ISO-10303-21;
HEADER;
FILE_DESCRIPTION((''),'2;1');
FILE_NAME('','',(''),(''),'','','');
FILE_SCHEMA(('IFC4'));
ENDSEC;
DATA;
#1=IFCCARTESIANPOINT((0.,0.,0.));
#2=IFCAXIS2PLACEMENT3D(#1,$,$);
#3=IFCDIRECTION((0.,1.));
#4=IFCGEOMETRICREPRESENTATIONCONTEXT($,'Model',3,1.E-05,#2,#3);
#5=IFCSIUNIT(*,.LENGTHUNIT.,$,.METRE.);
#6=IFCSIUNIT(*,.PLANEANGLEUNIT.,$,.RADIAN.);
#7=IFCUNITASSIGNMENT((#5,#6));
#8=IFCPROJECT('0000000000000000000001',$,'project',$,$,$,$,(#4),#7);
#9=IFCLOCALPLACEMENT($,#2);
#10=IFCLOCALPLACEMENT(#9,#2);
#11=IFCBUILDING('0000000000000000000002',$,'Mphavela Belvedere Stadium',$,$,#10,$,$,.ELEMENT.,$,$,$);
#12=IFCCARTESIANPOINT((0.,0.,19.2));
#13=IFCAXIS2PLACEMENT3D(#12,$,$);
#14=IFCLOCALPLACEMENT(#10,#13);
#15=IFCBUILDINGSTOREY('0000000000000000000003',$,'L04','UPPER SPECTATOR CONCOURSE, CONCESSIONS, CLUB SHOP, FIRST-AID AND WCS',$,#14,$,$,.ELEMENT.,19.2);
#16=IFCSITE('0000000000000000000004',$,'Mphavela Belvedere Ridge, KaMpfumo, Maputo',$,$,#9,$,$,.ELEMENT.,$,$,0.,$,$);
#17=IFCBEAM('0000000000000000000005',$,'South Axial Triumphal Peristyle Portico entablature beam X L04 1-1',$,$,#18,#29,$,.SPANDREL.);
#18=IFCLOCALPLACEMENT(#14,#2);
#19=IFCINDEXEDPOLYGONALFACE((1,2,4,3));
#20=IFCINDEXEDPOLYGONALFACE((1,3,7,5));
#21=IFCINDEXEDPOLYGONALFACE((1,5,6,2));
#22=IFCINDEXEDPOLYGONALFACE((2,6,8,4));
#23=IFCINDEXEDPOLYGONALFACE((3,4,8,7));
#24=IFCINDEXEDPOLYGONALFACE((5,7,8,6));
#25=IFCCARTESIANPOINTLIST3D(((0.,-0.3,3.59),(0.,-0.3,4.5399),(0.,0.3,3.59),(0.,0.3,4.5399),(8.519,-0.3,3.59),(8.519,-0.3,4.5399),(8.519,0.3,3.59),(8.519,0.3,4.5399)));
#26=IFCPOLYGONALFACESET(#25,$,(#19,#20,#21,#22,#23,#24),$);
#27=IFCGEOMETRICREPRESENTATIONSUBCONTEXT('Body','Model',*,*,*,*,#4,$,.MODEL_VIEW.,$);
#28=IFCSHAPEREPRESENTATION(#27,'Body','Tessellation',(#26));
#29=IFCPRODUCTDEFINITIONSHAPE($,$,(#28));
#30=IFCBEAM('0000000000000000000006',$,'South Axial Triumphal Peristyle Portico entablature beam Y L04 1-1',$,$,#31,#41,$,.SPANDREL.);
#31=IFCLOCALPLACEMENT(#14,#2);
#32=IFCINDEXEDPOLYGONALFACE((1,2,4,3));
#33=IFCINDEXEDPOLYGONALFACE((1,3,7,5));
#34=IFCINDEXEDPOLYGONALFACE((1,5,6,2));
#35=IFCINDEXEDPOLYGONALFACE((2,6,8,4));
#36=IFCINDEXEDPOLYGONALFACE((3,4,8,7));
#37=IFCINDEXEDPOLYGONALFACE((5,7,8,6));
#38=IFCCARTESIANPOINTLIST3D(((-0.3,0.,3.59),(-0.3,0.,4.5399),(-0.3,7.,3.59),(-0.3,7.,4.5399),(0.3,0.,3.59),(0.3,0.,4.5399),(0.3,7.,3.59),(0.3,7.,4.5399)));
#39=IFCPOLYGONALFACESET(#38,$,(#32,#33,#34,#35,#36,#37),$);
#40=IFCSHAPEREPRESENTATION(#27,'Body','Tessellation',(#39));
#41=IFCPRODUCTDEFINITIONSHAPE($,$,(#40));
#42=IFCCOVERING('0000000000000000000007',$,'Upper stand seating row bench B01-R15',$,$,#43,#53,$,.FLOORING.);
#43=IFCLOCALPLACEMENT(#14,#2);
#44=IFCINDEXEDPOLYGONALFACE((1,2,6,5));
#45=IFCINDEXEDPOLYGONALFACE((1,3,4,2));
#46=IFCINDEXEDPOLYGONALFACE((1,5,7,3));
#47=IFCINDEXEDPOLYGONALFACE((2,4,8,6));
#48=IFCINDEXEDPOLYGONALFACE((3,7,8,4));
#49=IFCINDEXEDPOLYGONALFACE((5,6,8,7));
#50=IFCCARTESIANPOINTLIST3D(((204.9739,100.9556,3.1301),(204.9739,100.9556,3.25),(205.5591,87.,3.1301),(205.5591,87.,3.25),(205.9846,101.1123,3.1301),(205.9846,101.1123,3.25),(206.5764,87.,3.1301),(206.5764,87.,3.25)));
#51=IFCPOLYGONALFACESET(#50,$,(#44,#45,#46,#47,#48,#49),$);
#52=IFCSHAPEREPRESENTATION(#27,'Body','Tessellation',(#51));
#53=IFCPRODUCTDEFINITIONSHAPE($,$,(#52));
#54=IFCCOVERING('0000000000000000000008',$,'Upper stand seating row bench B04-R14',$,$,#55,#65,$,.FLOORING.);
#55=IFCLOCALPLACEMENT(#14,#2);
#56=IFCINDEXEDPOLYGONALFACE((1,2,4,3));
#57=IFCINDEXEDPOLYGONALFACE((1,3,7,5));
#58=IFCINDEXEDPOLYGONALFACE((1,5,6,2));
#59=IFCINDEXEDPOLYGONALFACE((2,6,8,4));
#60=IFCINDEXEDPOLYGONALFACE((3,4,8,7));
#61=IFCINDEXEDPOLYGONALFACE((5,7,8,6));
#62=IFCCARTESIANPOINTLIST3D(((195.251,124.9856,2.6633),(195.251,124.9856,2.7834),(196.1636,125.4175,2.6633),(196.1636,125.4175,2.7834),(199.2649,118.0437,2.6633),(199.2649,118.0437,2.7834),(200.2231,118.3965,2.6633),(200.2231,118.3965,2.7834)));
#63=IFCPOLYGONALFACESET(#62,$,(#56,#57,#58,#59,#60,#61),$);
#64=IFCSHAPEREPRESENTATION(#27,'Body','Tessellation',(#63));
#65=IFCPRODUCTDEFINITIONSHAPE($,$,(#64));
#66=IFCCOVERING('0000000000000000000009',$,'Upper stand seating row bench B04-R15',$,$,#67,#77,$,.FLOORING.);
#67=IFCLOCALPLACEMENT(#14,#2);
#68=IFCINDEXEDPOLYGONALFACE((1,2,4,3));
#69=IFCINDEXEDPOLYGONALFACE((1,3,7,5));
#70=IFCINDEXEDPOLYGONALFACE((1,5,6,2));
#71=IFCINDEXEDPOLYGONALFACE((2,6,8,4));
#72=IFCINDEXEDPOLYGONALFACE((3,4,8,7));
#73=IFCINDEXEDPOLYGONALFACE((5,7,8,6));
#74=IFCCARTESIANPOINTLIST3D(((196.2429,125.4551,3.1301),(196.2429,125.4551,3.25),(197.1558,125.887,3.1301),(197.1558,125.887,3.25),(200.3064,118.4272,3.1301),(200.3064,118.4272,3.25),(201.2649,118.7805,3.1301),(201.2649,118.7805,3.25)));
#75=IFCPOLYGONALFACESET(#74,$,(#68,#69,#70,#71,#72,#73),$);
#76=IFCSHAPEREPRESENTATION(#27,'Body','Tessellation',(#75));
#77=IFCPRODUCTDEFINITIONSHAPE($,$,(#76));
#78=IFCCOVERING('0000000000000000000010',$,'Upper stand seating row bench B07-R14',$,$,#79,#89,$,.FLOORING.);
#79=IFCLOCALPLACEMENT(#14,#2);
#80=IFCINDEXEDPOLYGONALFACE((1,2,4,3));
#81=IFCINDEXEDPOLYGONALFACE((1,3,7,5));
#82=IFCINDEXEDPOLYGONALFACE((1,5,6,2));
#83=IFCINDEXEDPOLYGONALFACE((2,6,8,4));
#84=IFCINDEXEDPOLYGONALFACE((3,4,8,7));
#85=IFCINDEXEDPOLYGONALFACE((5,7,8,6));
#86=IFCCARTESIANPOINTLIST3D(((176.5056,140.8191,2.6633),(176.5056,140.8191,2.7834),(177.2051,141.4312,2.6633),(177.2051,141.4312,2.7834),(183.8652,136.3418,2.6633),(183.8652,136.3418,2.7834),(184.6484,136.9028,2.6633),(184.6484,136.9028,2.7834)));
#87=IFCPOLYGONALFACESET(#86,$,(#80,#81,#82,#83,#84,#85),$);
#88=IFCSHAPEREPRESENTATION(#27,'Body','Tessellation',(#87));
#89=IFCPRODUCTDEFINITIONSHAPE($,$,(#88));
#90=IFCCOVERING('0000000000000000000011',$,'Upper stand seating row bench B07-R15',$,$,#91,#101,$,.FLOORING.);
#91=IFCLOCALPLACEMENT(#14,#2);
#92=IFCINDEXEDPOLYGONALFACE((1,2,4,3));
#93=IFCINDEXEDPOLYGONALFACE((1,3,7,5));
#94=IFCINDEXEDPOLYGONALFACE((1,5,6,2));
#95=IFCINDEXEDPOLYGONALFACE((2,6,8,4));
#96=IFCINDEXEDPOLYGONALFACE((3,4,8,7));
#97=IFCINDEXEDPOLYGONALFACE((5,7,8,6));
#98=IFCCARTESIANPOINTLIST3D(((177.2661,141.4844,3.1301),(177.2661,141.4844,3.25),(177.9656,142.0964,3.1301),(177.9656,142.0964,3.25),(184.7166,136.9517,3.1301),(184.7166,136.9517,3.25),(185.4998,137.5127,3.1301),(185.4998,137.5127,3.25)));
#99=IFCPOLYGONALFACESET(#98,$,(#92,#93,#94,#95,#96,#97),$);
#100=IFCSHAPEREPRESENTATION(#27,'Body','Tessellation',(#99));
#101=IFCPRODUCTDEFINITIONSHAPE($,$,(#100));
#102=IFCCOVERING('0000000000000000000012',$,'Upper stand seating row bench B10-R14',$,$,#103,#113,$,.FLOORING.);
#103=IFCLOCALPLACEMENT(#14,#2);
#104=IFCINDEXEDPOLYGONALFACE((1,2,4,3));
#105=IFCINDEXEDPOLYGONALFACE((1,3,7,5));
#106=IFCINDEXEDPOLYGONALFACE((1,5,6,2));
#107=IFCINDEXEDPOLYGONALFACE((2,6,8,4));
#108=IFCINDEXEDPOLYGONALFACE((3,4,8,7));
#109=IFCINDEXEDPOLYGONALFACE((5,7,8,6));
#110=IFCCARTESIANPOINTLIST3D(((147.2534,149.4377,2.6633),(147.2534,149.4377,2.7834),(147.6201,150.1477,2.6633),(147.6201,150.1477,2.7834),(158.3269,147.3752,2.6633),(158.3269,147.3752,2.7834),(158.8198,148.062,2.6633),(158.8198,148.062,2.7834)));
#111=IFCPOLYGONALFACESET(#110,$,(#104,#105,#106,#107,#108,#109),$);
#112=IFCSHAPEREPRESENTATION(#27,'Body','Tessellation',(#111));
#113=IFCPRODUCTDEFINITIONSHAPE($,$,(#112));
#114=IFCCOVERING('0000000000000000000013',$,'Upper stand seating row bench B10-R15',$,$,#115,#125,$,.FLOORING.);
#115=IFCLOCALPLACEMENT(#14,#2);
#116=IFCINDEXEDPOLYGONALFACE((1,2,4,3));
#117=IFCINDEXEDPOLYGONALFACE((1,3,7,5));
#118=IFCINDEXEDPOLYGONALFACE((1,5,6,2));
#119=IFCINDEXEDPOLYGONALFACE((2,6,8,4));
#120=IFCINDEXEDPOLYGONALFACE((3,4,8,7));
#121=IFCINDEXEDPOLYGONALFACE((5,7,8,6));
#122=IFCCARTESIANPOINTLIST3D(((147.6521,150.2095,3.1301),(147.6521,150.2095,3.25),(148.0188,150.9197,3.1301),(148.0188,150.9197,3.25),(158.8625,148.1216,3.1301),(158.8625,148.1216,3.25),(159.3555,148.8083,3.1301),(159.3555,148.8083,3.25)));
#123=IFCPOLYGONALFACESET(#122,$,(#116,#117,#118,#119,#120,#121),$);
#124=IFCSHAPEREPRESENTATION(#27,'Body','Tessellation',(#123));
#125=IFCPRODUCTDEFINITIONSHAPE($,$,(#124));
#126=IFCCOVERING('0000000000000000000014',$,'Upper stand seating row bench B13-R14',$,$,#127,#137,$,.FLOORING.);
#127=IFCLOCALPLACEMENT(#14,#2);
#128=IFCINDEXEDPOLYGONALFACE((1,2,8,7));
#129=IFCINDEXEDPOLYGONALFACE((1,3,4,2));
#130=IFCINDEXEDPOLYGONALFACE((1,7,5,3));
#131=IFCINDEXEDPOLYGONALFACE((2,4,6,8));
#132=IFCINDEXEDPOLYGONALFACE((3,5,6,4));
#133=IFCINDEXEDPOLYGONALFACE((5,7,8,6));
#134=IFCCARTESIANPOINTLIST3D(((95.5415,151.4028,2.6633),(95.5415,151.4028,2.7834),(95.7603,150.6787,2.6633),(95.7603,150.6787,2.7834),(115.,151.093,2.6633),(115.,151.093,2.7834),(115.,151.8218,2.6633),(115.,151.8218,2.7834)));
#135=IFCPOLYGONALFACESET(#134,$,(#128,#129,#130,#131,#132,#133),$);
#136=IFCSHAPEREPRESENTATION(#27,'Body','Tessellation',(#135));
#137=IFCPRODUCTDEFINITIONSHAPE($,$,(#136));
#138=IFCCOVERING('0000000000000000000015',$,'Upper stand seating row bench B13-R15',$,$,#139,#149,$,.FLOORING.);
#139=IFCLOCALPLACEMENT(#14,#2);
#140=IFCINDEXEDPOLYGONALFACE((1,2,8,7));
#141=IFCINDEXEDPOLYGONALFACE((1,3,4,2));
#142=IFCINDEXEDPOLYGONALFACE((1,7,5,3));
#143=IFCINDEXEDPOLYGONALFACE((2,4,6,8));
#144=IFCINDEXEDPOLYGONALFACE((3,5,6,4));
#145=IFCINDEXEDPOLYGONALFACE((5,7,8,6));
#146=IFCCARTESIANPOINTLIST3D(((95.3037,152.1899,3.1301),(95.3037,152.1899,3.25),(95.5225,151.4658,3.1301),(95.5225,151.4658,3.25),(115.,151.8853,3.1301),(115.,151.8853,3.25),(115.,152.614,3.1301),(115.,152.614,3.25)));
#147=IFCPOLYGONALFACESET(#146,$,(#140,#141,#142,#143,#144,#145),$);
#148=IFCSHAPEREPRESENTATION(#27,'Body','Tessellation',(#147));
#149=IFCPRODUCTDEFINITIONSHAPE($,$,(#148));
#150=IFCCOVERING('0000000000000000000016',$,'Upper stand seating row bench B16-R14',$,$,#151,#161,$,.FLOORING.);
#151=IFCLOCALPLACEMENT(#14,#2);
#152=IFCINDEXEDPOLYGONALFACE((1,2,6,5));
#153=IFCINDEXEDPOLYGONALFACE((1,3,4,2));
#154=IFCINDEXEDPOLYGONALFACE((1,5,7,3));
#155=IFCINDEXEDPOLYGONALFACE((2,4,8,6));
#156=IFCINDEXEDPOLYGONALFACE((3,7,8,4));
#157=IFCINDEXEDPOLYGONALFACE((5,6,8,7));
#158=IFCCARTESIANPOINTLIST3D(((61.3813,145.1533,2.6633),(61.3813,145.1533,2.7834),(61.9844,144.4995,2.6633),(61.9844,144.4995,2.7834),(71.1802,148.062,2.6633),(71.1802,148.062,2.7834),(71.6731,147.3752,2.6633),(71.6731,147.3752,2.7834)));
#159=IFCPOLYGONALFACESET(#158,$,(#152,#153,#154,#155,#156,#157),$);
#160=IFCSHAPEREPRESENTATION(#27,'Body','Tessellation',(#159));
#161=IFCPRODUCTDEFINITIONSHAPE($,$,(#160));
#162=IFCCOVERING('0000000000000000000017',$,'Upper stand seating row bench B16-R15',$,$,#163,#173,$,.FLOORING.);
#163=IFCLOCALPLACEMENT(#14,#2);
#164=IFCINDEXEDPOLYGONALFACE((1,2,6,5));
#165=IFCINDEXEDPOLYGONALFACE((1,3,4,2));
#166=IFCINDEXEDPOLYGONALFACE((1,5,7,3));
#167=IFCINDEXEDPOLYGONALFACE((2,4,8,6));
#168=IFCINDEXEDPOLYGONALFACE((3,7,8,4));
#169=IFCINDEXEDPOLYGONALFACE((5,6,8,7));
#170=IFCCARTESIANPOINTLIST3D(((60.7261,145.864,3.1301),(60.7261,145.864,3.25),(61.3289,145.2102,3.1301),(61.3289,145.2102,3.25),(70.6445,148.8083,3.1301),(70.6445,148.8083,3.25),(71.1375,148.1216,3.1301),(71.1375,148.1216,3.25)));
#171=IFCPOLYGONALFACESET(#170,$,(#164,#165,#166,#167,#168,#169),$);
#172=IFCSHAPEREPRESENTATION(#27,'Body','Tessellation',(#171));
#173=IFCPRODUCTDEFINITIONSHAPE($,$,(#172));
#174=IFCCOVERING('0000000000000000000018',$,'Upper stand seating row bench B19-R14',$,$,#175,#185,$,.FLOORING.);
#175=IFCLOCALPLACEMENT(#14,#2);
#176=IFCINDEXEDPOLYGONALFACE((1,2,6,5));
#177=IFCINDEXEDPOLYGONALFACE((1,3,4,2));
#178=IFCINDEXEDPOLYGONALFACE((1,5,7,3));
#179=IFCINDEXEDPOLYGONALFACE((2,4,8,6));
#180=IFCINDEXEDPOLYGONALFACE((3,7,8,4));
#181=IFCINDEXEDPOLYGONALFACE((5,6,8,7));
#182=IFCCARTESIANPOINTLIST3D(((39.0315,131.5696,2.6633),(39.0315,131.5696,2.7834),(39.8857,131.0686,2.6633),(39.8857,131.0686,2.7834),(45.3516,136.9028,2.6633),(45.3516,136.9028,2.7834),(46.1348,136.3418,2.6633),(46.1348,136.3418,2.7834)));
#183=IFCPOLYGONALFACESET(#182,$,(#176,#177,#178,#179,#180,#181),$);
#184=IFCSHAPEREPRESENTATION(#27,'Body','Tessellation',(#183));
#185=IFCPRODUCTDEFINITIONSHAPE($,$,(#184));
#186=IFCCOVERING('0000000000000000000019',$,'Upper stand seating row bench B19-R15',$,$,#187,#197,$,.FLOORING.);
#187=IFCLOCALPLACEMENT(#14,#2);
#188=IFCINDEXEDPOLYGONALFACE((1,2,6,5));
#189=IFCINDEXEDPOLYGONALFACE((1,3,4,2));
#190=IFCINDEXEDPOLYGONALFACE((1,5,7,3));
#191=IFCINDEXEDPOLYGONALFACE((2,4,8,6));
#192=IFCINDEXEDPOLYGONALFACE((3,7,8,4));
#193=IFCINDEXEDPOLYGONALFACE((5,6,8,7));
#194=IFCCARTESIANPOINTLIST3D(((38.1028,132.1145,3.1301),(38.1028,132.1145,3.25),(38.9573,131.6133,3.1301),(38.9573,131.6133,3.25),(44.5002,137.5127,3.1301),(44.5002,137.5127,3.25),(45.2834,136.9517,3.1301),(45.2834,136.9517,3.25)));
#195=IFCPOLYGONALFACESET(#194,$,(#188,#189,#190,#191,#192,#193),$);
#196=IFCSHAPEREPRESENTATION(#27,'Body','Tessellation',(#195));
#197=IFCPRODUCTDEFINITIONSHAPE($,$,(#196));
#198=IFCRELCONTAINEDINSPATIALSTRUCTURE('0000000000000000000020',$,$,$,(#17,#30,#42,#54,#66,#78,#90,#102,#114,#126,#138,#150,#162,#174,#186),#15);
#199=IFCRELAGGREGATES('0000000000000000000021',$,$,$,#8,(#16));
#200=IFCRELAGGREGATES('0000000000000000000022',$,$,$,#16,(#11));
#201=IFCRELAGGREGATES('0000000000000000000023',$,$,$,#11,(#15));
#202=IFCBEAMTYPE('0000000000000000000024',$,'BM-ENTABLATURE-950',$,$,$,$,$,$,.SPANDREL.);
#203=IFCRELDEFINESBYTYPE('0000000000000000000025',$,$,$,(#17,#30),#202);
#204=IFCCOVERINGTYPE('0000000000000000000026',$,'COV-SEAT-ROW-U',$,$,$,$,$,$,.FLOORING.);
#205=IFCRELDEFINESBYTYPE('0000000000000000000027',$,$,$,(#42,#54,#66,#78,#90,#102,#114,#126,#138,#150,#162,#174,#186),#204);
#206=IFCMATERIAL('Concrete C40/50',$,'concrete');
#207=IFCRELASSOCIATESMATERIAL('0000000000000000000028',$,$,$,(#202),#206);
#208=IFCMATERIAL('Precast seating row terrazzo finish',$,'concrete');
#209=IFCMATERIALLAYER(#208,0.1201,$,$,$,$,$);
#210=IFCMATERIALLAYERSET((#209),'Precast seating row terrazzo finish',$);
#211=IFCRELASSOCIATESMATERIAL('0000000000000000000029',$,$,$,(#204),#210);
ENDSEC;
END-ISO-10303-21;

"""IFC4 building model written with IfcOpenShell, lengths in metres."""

from ifc_helpers import new_model, si_unit, direction, frame, origin, origin_2d, place, context, subcontext, project, spatial, polyline, rectangle, outline, extrude, material, layer, layer_set, material_profile, profile_set, type_object, element, save


model = new_model("IFC4")

# Units and contexts
model_context = context("Model", 3, precision=1e-05, world=origin(), true_north=direction((0.0, 1.0)))
body_context = subcontext(model_context, "Body", "Model", "MODEL_VIEW")
ifc_project = project(units=[si_unit("LENGTHUNIT", "METRE"), si_unit("PLANEANGLEUNIT", "RADIAN")], contexts=[model_context])

# Site, building, storey
site_placement = place(None, origin())
site = spatial("IfcSite", under=ifc_project, at=site_placement, Name="Mphavela Belvedere Ridge, KaMpfumo, Maputo", CompositionType="ELEMENT", RefElevation=0.0)
building_placement = place(site_placement, origin())
building = spatial("IfcBuilding", under=site, at=building_placement, Name="Mphavela Belvedere Stadium", CompositionType="ELEMENT")
storey_placement = place(building_placement, frame((0.0, 0.0, 19.2)))
storey = spatial("IfcBuildingStorey", under=building, at=storey_placement, Name="L04", Description="UPPER SPECTATOR CONCOURSE, CONCESSIONS, CLUB SHOP, FIRST-AID AND WCS", CompositionType="ELEMENT", Elevation=19.2)

# Beams
ifc_material_1 = material(Name="Concrete C40/50", Category="concrete")
ifc_material_profile = material_profile(ifc_material_1, rectangle(XDim=0.6001, YDim=0.95, at=origin_2d()), Name="RC 600x950")
ifc_profile_set = profile_set([ifc_material_profile], Name="Concrete C40/50")
beam_type = type_object("IfcBeamType", Name="BM-ENTABLATURE-950", PredefinedType="SPANDREL", material=ifc_profile_set)
beam_1_placement = place(storey_placement, frame((0.0, 0.0, 4.0649), z_axis=(1.0, 0.0, 0.0), x_axis=(0.0, 1.0, 0.0)))
element("IfcBeam", 1, at=beam_1_placement, inside=storey, type_object=beam_type, Name="South Axial Triumphal Peristyle Portico entablature beam X L04 1-1", PredefinedType="SPANDREL", context=body_context, shape_type="SweptSolid", body=[
    extrude(rectangle(XDim=0.6001, YDim=0.95, at=origin_2d()), origin(), (0.0, 0.0, 1.0), 8.519),
])
beam_2_placement = place(storey_placement, frame((0.0, 0.0, 4.0649), z_axis=(0.0, 1.0, 0.0), x_axis=(-1.0, 0.0, 0.0)))
element("IfcBeam", 2, at=beam_2_placement, inside=storey, type_object=beam_type, Name="South Axial Triumphal Peristyle Portico entablature beam Y L04 1-1", PredefinedType="SPANDREL", context=body_context, shape_type="SweptSolid", body=[
    extrude(rectangle(XDim=0.6001, YDim=0.95, at=origin_2d()), origin(), (0.0, 0.0, 1.0), 7.0),
])

# Coverings
ifc_material_2 = material(Name="Precast seating row terrazzo finish", Category="concrete")
ifc_layer = layer(ifc_material_2, 0.1201)
ifc_layer_set = layer_set([ifc_layer], Name="Precast seating row terrazzo finish")
covering_type = type_object("IfcCoveringType", Name="COV-SEAT-ROW-U", PredefinedType="FLOORING", material=ifc_layer_set)
covering_1_placement = place(storey_placement, frame((0.0, 0.0, 3.1301)))
element("IfcCovering", 3, at=covering_1_placement, inside=storey, type_object=covering_type, Name="Upper stand seating row bench B01-R15", PredefinedType="FLOORING", context=body_context, shape_type="SweptSolid", body=[
    extrude(outline(polyline([(205.5591, 87.0), (204.9739, 100.9556), (205.9846, 101.1123), (206.5764, 87.0), (205.5591, 87.0)])), origin(), (0.0, 0.0, 1.0), 0.1199),
])
covering_2_placement = place(storey_placement, frame((0.0, 0.0, 2.6633)))
element("IfcCovering", 4, at=covering_2_placement, inside=storey, type_object=covering_type, Name="Upper stand seating row bench B04-R14", PredefinedType="FLOORING", context=body_context, shape_type="SweptSolid", body=[
    extrude(outline(polyline([(199.2649, 118.0437), (195.251, 124.9856), (196.1636, 125.4175), (200.2231, 118.3965), (199.2649, 118.0437)])), origin(), (0.0, 0.0, 1.0), 0.1201),
])
covering_3_placement = place(storey_placement, frame((0.0, 0.0, 3.1301)))
element("IfcCovering", 5, at=covering_3_placement, inside=storey, type_object=covering_type, Name="Upper stand seating row bench B04-R15", PredefinedType="FLOORING", context=body_context, shape_type="SweptSolid", body=[
    extrude(outline(polyline([(200.3064, 118.4272), (196.2429, 125.4551), (197.1558, 125.887), (201.2649, 118.7805), (200.3064, 118.4272)])), origin(), (0.0, 0.0, 1.0), 0.1199),
])
covering_4_placement = place(storey_placement, frame((0.0, 0.0, 2.6633)))
element("IfcCovering", 6, at=covering_4_placement, inside=storey, type_object=covering_type, Name="Upper stand seating row bench B07-R14", PredefinedType="FLOORING", context=body_context, shape_type="SweptSolid", body=[
    extrude(outline(polyline([(183.8652, 136.3418), (176.5056, 140.8191), (177.2051, 141.4312), (184.6484, 136.9028), (183.8652, 136.3418)])), origin(), (0.0, 0.0, 1.0), 0.1201),
])
covering_5_placement = place(storey_placement, frame((0.0, 0.0, 3.1301)))
element("IfcCovering", 7, at=covering_5_placement, inside=storey, type_object=covering_type, Name="Upper stand seating row bench B07-R15", PredefinedType="FLOORING", context=body_context, shape_type="SweptSolid", body=[
    extrude(outline(polyline([(184.7166, 136.9517), (177.2661, 141.4844), (177.9656, 142.0964), (185.4998, 137.5127), (184.7166, 136.9517)])), origin(), (0.0, 0.0, 1.0), 0.1199),
])
covering_6_placement = place(storey_placement, frame((0.0, 0.0, 2.6633)))
element("IfcCovering", 8, at=covering_6_placement, inside=storey, type_object=covering_type, Name="Upper stand seating row bench B10-R14", PredefinedType="FLOORING", context=body_context, shape_type="SweptSolid", body=[
    extrude(outline(polyline([(158.3269, 147.3752), (147.2534, 149.4377), (147.6201, 150.1477), (158.8198, 148.062), (158.3269, 147.3752)])), origin(), (0.0, 0.0, 1.0), 0.1201),
])
covering_7_placement = place(storey_placement, frame((0.0, 0.0, 3.1301)))
element("IfcCovering", 9, at=covering_7_placement, inside=storey, type_object=covering_type, Name="Upper stand seating row bench B10-R15", PredefinedType="FLOORING", context=body_context, shape_type="SweptSolid", body=[
    extrude(outline(polyline([(158.8625, 148.1216), (147.6521, 150.2095), (148.0188, 150.9197), (159.3555, 148.8083), (158.8625, 148.1216)])), origin(), (0.0, 0.0, 1.0), 0.1199),
])
covering_8_placement = place(storey_placement, frame((0.0, 0.0, 2.6633)))
element("IfcCovering", 10, at=covering_8_placement, inside=storey, type_object=covering_type, Name="Upper stand seating row bench B13-R14", PredefinedType="FLOORING", context=body_context, shape_type="SweptSolid", body=[
    extrude(outline(polyline([(115.0, 151.093), (95.7603, 150.6787), (95.5415, 151.4028), (115.0, 151.8218), (115.0, 151.093)])), origin(), (0.0, 0.0, 1.0), 0.1201),
])
covering_9_placement = place(storey_placement, frame((0.0, 0.0, 3.1301)))
element("IfcCovering", 11, at=covering_9_placement, inside=storey, type_object=covering_type, Name="Upper stand seating row bench B13-R15", PredefinedType="FLOORING", context=body_context, shape_type="SweptSolid", body=[
    extrude(outline(polyline([(115.0, 151.8853), (95.5225, 151.4658), (95.3037, 152.1899), (115.0, 152.614), (115.0, 151.8853)])), origin(), (0.0, 0.0, 1.0), 0.1199),
])
covering_10_placement = place(storey_placement, frame((0.0, 0.0, 2.6633)))
element("IfcCovering", 12, at=covering_10_placement, inside=storey, type_object=covering_type, Name="Upper stand seating row bench B16-R14", PredefinedType="FLOORING", context=body_context, shape_type="SweptSolid", body=[
    extrude(outline(polyline([(71.6731, 147.3752), (61.9844, 144.4995), (61.3813, 145.1533), (71.1802, 148.062), (71.6731, 147.3752)])), origin(), (0.0, 0.0, 1.0), 0.1201),
])
covering_11_placement = place(storey_placement, frame((0.0, 0.0, 3.1301)))
element("IfcCovering", 13, at=covering_11_placement, inside=storey, type_object=covering_type, Name="Upper stand seating row bench B16-R15", PredefinedType="FLOORING", context=body_context, shape_type="SweptSolid", body=[
    extrude(outline(polyline([(71.1375, 148.1216), (61.3289, 145.2102), (60.7261, 145.864), (70.6445, 148.8083), (71.1375, 148.1216)])), origin(), (0.0, 0.0, 1.0), 0.1199),
])
covering_12_placement = place(storey_placement, frame((0.0, 0.0, 2.6633)))
element("IfcCovering", 14, at=covering_12_placement, inside=storey, type_object=covering_type, Name="Upper stand seating row bench B19-R14", PredefinedType="FLOORING", context=body_context, shape_type="SweptSolid", body=[
    extrude(outline(polyline([(46.1348, 136.3418), (39.8857, 131.0686), (39.0315, 131.5696), (45.3516, 136.9028), (46.1348, 136.3418)])), origin(), (0.0, 0.0, 1.0), 0.1201),
])
covering_13_placement = place(storey_placement, frame((0.0, 0.0, 3.1301)))
element("IfcCovering", 15, at=covering_13_placement, inside=storey, type_object=covering_type, Name="Upper stand seating row bench B19-R15", PredefinedType="FLOORING", context=body_context, shape_type="SweptSolid", body=[
    extrude(outline(polyline([(45.2834, 136.9517), (38.9573, 131.6133), (38.1028, 132.1145), (44.5002, 137.5127), (45.2834, 136.9517)])), origin(), (0.0, 0.0, 1.0), 0.1199),
])

save(model, "model.ifc")
